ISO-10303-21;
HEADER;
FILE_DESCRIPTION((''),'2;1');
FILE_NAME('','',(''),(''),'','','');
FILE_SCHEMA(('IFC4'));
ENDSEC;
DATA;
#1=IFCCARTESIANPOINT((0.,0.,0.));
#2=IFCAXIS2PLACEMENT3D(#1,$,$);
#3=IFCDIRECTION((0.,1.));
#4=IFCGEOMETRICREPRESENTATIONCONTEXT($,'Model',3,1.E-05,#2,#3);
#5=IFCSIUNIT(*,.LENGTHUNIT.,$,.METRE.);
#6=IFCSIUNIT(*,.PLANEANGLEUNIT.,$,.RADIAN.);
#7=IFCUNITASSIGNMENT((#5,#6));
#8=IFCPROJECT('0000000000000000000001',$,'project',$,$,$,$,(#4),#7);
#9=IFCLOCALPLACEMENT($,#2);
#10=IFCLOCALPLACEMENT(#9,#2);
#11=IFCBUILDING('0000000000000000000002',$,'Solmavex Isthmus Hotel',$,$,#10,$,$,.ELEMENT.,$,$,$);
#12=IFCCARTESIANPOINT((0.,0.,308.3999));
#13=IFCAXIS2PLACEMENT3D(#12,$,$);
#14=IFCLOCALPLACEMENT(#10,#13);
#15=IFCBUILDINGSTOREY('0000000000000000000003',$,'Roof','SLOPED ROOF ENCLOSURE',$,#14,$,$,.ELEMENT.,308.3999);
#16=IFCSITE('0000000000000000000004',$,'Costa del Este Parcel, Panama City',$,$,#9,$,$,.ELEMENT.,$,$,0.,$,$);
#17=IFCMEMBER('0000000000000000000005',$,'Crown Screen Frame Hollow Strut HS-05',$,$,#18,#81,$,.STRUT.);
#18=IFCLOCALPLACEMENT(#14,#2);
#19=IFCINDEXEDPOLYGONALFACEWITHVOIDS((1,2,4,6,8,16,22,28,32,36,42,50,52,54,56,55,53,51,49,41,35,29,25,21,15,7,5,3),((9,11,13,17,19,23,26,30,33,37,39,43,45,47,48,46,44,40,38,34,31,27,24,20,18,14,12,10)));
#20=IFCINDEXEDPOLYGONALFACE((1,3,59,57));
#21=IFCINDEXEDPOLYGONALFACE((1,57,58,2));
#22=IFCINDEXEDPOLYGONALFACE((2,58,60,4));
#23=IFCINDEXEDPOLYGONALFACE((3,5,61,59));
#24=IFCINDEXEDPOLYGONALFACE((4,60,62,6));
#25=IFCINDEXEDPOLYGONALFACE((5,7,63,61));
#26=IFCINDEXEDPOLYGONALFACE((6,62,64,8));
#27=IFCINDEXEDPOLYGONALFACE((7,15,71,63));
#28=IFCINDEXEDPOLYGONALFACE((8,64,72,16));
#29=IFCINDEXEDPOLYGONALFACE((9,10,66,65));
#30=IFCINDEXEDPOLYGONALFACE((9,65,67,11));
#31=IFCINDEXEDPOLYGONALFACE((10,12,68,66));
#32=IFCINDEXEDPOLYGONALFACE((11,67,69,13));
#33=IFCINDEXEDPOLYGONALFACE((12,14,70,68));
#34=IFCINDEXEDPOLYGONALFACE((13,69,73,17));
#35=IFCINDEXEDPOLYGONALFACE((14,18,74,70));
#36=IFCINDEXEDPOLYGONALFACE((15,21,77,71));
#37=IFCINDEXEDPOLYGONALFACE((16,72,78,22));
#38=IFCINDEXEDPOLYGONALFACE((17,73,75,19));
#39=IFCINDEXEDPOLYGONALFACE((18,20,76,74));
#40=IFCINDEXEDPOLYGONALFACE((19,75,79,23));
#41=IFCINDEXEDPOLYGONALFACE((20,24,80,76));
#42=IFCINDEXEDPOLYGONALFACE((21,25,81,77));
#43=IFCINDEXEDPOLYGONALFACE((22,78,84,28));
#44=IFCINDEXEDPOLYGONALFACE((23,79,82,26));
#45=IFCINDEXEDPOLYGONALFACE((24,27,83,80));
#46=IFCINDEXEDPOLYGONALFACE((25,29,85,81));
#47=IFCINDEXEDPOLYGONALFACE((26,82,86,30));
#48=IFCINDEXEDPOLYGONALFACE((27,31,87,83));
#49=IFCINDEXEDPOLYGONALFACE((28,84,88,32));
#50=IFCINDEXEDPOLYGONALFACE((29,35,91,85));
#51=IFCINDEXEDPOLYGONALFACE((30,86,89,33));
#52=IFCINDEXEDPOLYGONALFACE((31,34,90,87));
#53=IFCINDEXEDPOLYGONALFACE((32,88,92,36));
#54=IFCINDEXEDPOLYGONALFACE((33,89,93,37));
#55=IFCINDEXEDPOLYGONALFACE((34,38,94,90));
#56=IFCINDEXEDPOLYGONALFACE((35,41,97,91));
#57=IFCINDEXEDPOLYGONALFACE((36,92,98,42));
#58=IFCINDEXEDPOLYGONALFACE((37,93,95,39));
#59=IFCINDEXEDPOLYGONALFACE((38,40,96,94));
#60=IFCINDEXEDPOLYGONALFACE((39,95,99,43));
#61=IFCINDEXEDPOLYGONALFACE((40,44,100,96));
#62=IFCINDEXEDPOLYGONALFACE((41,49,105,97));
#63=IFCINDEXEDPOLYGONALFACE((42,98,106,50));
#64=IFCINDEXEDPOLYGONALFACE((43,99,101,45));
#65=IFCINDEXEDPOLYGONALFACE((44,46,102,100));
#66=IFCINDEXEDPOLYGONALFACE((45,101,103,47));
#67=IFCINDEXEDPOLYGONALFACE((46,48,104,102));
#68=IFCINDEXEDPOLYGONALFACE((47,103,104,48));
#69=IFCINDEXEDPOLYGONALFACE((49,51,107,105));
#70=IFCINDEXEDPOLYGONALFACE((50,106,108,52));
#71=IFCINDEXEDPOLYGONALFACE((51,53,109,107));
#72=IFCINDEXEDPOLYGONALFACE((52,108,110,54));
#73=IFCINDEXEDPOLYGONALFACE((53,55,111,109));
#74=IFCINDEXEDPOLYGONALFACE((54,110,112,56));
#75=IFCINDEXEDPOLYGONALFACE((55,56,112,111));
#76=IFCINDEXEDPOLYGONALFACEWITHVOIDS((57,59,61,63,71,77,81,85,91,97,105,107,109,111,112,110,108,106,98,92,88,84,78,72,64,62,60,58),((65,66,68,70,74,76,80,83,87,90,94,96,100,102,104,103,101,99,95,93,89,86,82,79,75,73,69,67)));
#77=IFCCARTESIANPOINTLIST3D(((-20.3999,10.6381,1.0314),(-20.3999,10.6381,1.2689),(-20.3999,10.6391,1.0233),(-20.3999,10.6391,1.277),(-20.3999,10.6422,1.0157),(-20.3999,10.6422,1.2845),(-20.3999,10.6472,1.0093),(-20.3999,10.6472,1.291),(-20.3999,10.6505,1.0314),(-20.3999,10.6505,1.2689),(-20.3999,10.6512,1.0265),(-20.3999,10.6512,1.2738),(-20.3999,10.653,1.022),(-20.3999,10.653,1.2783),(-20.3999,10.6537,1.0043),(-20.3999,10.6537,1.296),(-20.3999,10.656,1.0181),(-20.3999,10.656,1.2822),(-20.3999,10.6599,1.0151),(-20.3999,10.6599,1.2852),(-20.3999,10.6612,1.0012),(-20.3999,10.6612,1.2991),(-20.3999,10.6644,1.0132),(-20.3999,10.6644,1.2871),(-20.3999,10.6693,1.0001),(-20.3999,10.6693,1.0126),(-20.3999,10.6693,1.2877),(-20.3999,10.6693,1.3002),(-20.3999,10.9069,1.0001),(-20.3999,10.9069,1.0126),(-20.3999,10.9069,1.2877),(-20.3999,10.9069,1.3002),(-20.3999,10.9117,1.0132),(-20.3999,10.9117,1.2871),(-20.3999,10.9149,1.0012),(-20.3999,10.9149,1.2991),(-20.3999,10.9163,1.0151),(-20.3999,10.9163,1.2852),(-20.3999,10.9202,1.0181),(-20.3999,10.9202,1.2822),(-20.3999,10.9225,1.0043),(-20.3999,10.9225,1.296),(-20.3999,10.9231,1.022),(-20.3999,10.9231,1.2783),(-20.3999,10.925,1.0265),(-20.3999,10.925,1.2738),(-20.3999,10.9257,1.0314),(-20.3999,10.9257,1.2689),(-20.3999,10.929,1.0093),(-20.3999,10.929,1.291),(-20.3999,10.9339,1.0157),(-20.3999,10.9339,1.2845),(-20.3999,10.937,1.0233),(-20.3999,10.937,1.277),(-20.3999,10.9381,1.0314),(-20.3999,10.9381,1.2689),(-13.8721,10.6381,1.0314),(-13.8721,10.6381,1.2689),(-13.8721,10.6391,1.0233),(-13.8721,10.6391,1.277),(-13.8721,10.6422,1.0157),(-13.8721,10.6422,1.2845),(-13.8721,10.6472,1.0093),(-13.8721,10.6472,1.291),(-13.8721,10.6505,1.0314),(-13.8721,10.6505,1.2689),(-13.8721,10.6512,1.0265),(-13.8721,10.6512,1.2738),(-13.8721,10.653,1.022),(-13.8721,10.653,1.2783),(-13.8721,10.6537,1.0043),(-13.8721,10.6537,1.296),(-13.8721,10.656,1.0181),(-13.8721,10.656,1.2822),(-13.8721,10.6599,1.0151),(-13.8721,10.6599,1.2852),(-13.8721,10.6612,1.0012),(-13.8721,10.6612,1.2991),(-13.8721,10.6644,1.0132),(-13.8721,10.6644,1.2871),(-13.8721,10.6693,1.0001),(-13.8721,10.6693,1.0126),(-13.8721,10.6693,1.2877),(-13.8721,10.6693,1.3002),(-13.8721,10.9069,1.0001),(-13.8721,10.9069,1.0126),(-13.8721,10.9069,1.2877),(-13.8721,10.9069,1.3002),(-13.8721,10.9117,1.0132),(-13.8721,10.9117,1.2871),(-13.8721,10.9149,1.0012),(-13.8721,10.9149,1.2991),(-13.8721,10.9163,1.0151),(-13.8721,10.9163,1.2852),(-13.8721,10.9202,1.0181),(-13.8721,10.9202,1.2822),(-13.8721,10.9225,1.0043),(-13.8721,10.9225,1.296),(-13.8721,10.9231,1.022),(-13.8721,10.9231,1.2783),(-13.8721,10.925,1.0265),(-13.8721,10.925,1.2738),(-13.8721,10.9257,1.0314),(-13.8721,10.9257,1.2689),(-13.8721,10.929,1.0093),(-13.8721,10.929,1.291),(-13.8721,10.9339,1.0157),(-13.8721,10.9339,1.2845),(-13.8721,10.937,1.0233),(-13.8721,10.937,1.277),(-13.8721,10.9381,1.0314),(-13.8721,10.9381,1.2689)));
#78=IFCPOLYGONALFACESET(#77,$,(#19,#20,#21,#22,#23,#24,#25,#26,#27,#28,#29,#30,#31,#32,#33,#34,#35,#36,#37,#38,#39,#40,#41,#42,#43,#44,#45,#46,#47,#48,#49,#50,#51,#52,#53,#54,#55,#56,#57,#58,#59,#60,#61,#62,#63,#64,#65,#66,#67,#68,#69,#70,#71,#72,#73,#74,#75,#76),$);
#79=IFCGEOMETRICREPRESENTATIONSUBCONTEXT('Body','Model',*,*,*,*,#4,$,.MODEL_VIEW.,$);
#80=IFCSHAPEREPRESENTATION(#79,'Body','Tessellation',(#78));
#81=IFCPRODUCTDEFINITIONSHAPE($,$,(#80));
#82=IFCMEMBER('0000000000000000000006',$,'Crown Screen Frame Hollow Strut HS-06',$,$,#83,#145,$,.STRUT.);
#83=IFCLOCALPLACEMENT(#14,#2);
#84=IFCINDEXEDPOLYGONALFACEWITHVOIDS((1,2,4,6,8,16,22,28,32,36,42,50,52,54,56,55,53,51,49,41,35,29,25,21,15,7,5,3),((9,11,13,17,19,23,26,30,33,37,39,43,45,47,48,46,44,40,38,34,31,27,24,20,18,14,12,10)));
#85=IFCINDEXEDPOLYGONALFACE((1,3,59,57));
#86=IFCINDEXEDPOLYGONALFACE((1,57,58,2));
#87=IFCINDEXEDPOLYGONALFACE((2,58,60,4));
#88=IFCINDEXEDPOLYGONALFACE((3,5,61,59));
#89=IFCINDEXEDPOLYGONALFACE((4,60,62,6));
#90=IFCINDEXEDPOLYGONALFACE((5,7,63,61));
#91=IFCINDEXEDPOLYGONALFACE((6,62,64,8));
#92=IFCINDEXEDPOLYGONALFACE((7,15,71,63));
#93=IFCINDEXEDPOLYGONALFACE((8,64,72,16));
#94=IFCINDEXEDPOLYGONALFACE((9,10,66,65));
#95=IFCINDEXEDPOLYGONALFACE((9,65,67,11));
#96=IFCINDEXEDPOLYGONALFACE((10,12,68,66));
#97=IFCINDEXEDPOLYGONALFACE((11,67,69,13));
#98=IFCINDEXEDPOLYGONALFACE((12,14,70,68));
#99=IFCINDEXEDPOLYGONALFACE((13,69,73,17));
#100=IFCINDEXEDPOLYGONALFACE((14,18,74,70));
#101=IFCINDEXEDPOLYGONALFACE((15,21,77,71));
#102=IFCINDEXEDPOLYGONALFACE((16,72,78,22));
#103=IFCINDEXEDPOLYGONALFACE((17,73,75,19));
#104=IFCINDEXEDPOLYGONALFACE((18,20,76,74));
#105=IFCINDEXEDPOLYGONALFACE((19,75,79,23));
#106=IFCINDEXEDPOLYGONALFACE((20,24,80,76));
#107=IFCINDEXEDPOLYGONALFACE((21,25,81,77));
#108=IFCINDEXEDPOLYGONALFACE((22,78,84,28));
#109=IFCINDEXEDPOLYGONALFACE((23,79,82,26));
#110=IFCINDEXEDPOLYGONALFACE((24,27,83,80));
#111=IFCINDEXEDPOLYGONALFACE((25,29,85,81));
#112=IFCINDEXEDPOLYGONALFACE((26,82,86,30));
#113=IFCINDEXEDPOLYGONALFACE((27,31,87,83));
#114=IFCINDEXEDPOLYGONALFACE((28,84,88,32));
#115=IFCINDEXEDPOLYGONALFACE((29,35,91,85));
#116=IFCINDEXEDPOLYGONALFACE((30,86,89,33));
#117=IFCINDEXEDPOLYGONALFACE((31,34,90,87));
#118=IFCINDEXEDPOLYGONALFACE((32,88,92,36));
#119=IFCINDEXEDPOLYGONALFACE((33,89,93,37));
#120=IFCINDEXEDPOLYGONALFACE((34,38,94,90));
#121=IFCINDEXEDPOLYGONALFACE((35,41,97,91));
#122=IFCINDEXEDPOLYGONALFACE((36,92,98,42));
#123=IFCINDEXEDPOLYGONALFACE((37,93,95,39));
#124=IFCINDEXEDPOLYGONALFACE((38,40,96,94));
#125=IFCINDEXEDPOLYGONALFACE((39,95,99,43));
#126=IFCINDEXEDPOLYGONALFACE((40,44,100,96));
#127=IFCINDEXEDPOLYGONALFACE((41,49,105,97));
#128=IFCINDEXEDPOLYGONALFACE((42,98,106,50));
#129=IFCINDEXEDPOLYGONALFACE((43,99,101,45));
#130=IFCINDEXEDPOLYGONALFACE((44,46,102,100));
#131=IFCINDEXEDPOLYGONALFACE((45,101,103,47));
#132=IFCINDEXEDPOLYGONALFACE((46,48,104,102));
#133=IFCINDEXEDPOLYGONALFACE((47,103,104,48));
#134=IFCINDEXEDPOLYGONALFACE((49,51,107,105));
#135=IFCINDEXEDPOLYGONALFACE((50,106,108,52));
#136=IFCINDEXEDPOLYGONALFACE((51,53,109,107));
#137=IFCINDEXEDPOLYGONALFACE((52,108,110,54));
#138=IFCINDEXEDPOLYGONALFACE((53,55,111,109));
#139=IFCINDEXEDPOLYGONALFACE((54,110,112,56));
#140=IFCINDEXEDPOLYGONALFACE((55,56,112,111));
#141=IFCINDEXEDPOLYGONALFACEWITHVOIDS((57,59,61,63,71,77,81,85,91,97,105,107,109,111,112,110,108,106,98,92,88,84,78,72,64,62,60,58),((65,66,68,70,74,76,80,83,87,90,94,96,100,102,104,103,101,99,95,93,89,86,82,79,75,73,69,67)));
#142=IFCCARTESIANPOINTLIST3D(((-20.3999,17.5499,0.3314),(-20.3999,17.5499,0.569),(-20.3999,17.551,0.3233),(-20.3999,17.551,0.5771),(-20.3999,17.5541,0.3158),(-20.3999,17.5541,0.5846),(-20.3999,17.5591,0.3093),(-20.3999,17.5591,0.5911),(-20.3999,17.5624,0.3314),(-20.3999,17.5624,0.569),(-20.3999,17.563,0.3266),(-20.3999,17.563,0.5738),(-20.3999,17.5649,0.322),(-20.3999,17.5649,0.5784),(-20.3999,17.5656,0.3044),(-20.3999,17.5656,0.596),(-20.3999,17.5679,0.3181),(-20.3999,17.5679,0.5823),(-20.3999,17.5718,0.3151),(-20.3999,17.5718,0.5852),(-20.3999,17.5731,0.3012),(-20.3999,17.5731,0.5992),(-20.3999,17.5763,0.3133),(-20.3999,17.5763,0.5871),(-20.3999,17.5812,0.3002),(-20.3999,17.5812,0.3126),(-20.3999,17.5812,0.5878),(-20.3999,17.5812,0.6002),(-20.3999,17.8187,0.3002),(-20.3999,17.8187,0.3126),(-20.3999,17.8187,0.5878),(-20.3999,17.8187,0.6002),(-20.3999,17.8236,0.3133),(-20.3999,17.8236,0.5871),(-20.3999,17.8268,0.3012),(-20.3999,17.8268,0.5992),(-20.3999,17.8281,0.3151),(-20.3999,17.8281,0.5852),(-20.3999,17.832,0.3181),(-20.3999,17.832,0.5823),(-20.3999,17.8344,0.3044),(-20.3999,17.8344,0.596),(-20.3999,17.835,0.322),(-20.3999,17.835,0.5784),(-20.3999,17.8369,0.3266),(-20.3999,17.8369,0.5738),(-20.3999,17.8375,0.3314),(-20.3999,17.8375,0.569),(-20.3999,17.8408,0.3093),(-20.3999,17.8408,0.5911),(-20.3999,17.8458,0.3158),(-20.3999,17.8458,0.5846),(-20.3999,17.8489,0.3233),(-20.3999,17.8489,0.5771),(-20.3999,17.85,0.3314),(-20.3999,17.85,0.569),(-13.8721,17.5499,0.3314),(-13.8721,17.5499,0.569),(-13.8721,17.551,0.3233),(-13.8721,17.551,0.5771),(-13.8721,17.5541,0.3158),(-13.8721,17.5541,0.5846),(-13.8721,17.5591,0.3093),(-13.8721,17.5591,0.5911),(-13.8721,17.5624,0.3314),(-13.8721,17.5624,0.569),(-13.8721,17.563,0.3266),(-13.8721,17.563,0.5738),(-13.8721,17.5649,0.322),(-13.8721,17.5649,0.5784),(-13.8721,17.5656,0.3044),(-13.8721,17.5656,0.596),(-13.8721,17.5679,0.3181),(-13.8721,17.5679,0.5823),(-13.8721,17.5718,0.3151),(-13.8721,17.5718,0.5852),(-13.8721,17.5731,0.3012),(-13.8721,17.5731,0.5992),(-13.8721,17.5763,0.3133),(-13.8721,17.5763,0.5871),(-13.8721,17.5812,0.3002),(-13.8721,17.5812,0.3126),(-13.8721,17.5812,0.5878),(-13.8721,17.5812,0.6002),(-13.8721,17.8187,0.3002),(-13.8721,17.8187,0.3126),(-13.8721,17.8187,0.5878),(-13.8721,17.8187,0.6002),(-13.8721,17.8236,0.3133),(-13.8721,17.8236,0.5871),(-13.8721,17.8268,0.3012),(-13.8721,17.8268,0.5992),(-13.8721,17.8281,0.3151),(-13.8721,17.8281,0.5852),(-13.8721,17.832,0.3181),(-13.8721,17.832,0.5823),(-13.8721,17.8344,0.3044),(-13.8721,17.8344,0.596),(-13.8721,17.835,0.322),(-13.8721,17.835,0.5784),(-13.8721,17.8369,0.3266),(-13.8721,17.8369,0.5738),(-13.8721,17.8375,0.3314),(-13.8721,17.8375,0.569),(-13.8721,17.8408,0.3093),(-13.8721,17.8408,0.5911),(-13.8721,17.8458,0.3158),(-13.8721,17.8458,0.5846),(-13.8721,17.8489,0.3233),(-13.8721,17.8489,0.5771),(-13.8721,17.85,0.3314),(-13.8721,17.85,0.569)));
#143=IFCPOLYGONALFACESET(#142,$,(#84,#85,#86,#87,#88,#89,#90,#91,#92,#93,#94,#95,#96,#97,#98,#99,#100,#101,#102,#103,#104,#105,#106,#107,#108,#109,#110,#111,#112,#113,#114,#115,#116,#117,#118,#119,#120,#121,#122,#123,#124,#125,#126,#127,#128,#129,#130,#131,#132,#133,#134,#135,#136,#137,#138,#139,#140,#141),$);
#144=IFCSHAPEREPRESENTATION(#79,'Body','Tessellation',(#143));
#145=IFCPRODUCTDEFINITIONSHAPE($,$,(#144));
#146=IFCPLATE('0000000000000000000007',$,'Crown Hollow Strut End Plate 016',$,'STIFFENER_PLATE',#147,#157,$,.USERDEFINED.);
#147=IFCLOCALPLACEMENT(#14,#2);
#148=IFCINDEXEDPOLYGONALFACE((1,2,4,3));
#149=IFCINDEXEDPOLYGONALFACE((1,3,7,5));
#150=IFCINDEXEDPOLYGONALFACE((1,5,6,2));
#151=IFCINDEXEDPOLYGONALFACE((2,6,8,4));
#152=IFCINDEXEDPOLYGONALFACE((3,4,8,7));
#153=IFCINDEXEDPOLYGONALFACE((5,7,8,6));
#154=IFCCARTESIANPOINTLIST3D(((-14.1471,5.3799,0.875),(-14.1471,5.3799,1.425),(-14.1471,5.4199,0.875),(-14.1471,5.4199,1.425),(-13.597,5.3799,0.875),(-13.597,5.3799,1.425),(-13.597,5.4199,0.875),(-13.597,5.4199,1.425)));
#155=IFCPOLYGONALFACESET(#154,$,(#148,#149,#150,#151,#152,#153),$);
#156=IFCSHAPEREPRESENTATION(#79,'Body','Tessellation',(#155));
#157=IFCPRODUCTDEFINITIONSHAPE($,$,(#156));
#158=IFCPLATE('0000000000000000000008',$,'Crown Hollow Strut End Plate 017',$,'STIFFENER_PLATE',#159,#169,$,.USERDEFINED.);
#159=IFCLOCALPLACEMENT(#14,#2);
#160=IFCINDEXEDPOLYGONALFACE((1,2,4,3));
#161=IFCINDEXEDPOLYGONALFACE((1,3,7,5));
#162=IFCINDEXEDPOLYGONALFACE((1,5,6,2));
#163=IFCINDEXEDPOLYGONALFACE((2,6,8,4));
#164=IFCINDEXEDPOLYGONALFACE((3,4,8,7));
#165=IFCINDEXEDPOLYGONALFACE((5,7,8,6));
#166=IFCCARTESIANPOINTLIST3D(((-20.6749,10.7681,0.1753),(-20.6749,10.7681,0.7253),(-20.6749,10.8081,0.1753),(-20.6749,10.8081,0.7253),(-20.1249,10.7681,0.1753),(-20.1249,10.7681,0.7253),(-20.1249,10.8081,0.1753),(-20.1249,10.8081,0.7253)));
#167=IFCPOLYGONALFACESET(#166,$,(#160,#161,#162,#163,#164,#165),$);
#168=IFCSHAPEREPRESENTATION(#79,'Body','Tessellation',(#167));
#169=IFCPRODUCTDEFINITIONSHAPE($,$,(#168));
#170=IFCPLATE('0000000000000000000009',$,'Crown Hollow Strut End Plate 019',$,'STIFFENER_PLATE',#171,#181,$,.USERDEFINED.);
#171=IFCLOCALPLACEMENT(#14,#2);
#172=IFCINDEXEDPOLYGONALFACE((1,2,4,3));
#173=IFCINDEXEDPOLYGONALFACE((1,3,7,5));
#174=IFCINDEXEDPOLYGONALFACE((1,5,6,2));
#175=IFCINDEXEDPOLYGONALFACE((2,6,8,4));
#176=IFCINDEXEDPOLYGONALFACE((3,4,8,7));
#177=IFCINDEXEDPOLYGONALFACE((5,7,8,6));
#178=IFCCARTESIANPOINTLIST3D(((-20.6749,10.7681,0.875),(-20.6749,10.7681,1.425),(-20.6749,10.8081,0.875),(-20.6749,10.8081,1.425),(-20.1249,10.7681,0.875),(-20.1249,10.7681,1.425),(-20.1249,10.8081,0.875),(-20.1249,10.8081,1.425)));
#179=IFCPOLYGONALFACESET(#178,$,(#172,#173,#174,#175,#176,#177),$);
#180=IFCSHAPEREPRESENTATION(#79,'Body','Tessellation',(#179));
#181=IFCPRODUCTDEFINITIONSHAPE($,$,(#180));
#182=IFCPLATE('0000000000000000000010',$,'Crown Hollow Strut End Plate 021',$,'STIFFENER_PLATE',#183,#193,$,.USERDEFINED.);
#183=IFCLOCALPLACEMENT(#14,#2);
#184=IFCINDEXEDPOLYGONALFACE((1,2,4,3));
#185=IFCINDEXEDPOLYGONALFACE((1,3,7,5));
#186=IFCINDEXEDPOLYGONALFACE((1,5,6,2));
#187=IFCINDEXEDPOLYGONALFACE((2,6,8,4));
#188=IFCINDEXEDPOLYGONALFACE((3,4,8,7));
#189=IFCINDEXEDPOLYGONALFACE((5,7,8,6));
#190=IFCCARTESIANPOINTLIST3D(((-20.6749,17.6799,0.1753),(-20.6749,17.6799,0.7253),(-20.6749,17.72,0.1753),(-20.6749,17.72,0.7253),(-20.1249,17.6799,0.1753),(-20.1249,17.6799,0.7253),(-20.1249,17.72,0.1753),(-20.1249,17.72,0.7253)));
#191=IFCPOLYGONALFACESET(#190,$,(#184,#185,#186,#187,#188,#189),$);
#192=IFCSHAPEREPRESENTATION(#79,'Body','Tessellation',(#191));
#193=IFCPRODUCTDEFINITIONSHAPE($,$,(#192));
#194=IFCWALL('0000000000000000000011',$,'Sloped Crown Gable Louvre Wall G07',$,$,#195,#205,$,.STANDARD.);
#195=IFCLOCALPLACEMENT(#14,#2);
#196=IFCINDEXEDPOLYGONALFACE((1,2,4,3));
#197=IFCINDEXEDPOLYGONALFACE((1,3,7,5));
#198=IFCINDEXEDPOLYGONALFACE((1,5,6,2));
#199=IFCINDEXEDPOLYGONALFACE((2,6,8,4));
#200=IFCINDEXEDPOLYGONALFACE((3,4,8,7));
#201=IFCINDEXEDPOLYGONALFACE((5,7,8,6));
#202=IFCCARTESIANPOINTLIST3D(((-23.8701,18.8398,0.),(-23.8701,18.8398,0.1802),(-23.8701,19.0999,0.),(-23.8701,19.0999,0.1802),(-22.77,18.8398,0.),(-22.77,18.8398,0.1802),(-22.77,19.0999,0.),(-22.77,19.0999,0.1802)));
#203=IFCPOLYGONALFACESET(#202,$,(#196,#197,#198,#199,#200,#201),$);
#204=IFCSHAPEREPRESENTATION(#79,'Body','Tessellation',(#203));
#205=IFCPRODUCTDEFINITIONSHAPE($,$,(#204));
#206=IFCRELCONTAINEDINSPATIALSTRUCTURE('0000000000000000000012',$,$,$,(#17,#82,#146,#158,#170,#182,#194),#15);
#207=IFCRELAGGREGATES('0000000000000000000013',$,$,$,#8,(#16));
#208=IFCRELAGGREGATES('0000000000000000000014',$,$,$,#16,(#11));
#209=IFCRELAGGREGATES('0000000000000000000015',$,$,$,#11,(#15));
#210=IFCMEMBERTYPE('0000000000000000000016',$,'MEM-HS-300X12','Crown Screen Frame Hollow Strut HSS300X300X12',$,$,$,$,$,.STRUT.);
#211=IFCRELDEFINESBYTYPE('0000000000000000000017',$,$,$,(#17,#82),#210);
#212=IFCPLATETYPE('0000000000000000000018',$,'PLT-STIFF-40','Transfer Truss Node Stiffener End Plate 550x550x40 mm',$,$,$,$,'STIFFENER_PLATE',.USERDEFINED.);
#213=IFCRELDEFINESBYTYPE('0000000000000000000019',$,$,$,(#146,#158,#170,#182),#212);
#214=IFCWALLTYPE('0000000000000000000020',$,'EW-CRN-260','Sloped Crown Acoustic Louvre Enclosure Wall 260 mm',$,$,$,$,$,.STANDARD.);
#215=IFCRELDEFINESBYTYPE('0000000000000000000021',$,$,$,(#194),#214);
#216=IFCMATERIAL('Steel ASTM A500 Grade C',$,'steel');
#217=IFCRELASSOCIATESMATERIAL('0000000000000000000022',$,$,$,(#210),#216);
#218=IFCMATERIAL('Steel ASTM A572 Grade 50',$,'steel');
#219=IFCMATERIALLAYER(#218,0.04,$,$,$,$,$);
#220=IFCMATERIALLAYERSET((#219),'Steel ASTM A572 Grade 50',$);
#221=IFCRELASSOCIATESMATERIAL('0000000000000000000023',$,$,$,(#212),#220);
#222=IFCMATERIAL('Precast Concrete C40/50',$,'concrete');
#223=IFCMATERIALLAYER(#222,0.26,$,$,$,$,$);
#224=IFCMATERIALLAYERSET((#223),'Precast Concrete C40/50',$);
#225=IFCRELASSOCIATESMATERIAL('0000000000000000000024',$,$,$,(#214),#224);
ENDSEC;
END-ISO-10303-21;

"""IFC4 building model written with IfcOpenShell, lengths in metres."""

from ifc_helpers import new_model, si_unit, direction, frame, origin, origin_2d, place, context, subcontext, project, spatial, polyline, rectangle, hollow_rectangle, outline, extrude, material, layer, layer_set, material_profile, profile_set, type_object, element, save


model = new_model("IFC4")

# Units and contexts
model_context = context("Model", 3, precision=1e-05, world=origin(), true_north=direction((0.0, 1.0)))
body_context = subcontext(model_context, "Body", "Model", "MODEL_VIEW")
ifc_project = project(units=[si_unit("LENGTHUNIT", "METRE"), si_unit("PLANEANGLEUNIT", "RADIAN")], contexts=[model_context])

# Site, building, storey
site_placement = place(None, origin())
site = spatial("IfcSite", under=ifc_project, at=site_placement, Name="Costa del Este Parcel, Panama City", CompositionType="ELEMENT", RefElevation=0.0)
building_placement = place(site_placement, origin())
building = spatial("IfcBuilding", under=site, at=building_placement, Name="Solmavex Isthmus Hotel", CompositionType="ELEMENT")
storey_placement = place(building_placement, frame((0.0, 0.0, 308.3999)))
storey = spatial("IfcBuildingStorey", under=building, at=storey_placement, Name="Roof", Description="SLOPED ROOF ENCLOSURE", CompositionType="ELEMENT", Elevation=308.3999)

# Members
ifc_material_1 = material(Name="Steel ASTM A500 Grade C", Category="steel")
ifc_material_profile_1 = material_profile(ifc_material_1, hollow_rectangle(XDim=0.3, YDim=0.3, WallThickness=0.0125, InnerFilletRadius=0.0188, OuterFilletRadius=0.0312, at=origin_2d()), Name="HSS300X300X12")
ifc_profile_set_1 = profile_set([ifc_material_profile_1], Name="Steel ASTM A500 Grade C")
member_type = type_object("IfcMemberType", Name="MEM-HS-300X12", Description="Crown Screen Frame Hollow Strut HSS300X300X12", PredefinedType="STRUT", material=ifc_profile_set_1)
for number, where, z_axis, x_axis, name in (
    (1, (-20.3999, 10.7881, 1.1501), (1.0, 0.0, 0.0), (0.0, 1.0, 0.0), "Crown Screen Frame Hollow Strut HS-05"),
    (2, (-20.3999, 17.7, 0.4502), (1.0, 0.0, 0.0), (0.0, 1.0, 0.0), "Crown Screen Frame Hollow Strut HS-06"),
):
    element("IfcMember", number, at=place(storey_placement, frame(where, z_axis=z_axis, x_axis=x_axis)), inside=storey, type_object=member_type, Name=name, PredefinedType="STRUT", context=body_context, shape_type="SweptSolid", body=[
        extrude(hollow_rectangle(XDim=0.3, YDim=0.3, WallThickness=0.0125, InnerFilletRadius=0.0188, OuterFilletRadius=0.0312, at=origin_2d()), origin(), (0.0, 0.0, 1.0), 6.5278),
    ])

# Plates
ifc_material_2 = material(Name="Steel ASTM A572 Grade 50", Category="steel")
ifc_layer_1 = layer(ifc_material_2, 0.04)
ifc_layer_set_1 = layer_set([ifc_layer_1], Name="Steel ASTM A572 Grade 50")
plate_type = type_object("IfcPlateType", Name="PLT-STIFF-40", Description="Transfer Truss Node Stiffener End Plate 550x550x40 mm", ElementType="STIFFENER_PLATE", PredefinedType="USERDEFINED", material=ifc_layer_set_1)
for number, where, z_axis, x_axis, name in (
    (3, (-13.8721, 5.3999, 0.875), (0.0, 0.0, 1.0), (1.0, 0.0, 0.0), "Crown Hollow Strut End Plate 016"),
    (4, (-20.3999, 10.7881, 0.1753), (0.0, 0.0, 1.0), (1.0, 0.0, 0.0), "Crown Hollow Strut End Plate 017"),
    (5, (-20.3999, 10.7881, 0.875), (0.0, 0.0, 1.0), (1.0, 0.0, 0.0), "Crown Hollow Strut End Plate 019"),
    (6, (-20.3999, 17.7, 0.1753), (0.0, 0.0, 1.0), (1.0, 0.0, 0.0), "Crown Hollow Strut End Plate 021"),
):
    element("IfcPlate", number, at=place(storey_placement, frame(where, z_axis=z_axis, x_axis=x_axis)), inside=storey, type_object=plate_type, Name=name, ObjectType="STIFFENER_PLATE", PredefinedType="USERDEFINED", context=body_context, shape_type="SweptSolid", body=[
        extrude(rectangle(XDim=0.55, YDim=0.04, at=origin_2d()), origin(), (0.0, 0.0, 1.0), 0.55),
    ])

# Wall
ifc_material_3 = material(Name="Precast Concrete C40/50", Category="concrete")
ifc_layer_2 = layer(ifc_material_3, 0.26)
ifc_layer_set_2 = layer_set([ifc_layer_2], Name="Precast Concrete C40/50")
wall_type = type_object("IfcWallType", Name="EW-CRN-260", Description="Sloped Crown Acoustic Louvre Enclosure Wall 260 mm", PredefinedType="STANDARD", material=ifc_layer_set_2)
for number, where, z_axis, x_axis, name in (
    (7, (-23.8701, 18.97, 0.0), (0.0, 0.0, 1.0), (1.0, 0.0, 0.0), "Sloped Crown Gable Louvre Wall G07"),
):
    element("IfcWall", number, at=place(storey_placement, frame(where, z_axis=z_axis, x_axis=x_axis)), inside=storey, type_object=wall_type, Name=name, PredefinedType="STANDARD", context=body_context, shape_type="SweptSolid", body=[
        extrude(outline(polyline([(0.0, 0.0), (1.1001, 0.0), (1.1001, 0.1802), (0.0, 0.1802), (0.0, 0.0)])), frame((0.0, 0.1299, 0.0), z_axis=(0.0, -1.0, 0.0), x_axis=(1.0, 0.0, 0.0)), (0.0, 0.0, 1.0), 0.26),
    ])

save(model, "model.ifc")
